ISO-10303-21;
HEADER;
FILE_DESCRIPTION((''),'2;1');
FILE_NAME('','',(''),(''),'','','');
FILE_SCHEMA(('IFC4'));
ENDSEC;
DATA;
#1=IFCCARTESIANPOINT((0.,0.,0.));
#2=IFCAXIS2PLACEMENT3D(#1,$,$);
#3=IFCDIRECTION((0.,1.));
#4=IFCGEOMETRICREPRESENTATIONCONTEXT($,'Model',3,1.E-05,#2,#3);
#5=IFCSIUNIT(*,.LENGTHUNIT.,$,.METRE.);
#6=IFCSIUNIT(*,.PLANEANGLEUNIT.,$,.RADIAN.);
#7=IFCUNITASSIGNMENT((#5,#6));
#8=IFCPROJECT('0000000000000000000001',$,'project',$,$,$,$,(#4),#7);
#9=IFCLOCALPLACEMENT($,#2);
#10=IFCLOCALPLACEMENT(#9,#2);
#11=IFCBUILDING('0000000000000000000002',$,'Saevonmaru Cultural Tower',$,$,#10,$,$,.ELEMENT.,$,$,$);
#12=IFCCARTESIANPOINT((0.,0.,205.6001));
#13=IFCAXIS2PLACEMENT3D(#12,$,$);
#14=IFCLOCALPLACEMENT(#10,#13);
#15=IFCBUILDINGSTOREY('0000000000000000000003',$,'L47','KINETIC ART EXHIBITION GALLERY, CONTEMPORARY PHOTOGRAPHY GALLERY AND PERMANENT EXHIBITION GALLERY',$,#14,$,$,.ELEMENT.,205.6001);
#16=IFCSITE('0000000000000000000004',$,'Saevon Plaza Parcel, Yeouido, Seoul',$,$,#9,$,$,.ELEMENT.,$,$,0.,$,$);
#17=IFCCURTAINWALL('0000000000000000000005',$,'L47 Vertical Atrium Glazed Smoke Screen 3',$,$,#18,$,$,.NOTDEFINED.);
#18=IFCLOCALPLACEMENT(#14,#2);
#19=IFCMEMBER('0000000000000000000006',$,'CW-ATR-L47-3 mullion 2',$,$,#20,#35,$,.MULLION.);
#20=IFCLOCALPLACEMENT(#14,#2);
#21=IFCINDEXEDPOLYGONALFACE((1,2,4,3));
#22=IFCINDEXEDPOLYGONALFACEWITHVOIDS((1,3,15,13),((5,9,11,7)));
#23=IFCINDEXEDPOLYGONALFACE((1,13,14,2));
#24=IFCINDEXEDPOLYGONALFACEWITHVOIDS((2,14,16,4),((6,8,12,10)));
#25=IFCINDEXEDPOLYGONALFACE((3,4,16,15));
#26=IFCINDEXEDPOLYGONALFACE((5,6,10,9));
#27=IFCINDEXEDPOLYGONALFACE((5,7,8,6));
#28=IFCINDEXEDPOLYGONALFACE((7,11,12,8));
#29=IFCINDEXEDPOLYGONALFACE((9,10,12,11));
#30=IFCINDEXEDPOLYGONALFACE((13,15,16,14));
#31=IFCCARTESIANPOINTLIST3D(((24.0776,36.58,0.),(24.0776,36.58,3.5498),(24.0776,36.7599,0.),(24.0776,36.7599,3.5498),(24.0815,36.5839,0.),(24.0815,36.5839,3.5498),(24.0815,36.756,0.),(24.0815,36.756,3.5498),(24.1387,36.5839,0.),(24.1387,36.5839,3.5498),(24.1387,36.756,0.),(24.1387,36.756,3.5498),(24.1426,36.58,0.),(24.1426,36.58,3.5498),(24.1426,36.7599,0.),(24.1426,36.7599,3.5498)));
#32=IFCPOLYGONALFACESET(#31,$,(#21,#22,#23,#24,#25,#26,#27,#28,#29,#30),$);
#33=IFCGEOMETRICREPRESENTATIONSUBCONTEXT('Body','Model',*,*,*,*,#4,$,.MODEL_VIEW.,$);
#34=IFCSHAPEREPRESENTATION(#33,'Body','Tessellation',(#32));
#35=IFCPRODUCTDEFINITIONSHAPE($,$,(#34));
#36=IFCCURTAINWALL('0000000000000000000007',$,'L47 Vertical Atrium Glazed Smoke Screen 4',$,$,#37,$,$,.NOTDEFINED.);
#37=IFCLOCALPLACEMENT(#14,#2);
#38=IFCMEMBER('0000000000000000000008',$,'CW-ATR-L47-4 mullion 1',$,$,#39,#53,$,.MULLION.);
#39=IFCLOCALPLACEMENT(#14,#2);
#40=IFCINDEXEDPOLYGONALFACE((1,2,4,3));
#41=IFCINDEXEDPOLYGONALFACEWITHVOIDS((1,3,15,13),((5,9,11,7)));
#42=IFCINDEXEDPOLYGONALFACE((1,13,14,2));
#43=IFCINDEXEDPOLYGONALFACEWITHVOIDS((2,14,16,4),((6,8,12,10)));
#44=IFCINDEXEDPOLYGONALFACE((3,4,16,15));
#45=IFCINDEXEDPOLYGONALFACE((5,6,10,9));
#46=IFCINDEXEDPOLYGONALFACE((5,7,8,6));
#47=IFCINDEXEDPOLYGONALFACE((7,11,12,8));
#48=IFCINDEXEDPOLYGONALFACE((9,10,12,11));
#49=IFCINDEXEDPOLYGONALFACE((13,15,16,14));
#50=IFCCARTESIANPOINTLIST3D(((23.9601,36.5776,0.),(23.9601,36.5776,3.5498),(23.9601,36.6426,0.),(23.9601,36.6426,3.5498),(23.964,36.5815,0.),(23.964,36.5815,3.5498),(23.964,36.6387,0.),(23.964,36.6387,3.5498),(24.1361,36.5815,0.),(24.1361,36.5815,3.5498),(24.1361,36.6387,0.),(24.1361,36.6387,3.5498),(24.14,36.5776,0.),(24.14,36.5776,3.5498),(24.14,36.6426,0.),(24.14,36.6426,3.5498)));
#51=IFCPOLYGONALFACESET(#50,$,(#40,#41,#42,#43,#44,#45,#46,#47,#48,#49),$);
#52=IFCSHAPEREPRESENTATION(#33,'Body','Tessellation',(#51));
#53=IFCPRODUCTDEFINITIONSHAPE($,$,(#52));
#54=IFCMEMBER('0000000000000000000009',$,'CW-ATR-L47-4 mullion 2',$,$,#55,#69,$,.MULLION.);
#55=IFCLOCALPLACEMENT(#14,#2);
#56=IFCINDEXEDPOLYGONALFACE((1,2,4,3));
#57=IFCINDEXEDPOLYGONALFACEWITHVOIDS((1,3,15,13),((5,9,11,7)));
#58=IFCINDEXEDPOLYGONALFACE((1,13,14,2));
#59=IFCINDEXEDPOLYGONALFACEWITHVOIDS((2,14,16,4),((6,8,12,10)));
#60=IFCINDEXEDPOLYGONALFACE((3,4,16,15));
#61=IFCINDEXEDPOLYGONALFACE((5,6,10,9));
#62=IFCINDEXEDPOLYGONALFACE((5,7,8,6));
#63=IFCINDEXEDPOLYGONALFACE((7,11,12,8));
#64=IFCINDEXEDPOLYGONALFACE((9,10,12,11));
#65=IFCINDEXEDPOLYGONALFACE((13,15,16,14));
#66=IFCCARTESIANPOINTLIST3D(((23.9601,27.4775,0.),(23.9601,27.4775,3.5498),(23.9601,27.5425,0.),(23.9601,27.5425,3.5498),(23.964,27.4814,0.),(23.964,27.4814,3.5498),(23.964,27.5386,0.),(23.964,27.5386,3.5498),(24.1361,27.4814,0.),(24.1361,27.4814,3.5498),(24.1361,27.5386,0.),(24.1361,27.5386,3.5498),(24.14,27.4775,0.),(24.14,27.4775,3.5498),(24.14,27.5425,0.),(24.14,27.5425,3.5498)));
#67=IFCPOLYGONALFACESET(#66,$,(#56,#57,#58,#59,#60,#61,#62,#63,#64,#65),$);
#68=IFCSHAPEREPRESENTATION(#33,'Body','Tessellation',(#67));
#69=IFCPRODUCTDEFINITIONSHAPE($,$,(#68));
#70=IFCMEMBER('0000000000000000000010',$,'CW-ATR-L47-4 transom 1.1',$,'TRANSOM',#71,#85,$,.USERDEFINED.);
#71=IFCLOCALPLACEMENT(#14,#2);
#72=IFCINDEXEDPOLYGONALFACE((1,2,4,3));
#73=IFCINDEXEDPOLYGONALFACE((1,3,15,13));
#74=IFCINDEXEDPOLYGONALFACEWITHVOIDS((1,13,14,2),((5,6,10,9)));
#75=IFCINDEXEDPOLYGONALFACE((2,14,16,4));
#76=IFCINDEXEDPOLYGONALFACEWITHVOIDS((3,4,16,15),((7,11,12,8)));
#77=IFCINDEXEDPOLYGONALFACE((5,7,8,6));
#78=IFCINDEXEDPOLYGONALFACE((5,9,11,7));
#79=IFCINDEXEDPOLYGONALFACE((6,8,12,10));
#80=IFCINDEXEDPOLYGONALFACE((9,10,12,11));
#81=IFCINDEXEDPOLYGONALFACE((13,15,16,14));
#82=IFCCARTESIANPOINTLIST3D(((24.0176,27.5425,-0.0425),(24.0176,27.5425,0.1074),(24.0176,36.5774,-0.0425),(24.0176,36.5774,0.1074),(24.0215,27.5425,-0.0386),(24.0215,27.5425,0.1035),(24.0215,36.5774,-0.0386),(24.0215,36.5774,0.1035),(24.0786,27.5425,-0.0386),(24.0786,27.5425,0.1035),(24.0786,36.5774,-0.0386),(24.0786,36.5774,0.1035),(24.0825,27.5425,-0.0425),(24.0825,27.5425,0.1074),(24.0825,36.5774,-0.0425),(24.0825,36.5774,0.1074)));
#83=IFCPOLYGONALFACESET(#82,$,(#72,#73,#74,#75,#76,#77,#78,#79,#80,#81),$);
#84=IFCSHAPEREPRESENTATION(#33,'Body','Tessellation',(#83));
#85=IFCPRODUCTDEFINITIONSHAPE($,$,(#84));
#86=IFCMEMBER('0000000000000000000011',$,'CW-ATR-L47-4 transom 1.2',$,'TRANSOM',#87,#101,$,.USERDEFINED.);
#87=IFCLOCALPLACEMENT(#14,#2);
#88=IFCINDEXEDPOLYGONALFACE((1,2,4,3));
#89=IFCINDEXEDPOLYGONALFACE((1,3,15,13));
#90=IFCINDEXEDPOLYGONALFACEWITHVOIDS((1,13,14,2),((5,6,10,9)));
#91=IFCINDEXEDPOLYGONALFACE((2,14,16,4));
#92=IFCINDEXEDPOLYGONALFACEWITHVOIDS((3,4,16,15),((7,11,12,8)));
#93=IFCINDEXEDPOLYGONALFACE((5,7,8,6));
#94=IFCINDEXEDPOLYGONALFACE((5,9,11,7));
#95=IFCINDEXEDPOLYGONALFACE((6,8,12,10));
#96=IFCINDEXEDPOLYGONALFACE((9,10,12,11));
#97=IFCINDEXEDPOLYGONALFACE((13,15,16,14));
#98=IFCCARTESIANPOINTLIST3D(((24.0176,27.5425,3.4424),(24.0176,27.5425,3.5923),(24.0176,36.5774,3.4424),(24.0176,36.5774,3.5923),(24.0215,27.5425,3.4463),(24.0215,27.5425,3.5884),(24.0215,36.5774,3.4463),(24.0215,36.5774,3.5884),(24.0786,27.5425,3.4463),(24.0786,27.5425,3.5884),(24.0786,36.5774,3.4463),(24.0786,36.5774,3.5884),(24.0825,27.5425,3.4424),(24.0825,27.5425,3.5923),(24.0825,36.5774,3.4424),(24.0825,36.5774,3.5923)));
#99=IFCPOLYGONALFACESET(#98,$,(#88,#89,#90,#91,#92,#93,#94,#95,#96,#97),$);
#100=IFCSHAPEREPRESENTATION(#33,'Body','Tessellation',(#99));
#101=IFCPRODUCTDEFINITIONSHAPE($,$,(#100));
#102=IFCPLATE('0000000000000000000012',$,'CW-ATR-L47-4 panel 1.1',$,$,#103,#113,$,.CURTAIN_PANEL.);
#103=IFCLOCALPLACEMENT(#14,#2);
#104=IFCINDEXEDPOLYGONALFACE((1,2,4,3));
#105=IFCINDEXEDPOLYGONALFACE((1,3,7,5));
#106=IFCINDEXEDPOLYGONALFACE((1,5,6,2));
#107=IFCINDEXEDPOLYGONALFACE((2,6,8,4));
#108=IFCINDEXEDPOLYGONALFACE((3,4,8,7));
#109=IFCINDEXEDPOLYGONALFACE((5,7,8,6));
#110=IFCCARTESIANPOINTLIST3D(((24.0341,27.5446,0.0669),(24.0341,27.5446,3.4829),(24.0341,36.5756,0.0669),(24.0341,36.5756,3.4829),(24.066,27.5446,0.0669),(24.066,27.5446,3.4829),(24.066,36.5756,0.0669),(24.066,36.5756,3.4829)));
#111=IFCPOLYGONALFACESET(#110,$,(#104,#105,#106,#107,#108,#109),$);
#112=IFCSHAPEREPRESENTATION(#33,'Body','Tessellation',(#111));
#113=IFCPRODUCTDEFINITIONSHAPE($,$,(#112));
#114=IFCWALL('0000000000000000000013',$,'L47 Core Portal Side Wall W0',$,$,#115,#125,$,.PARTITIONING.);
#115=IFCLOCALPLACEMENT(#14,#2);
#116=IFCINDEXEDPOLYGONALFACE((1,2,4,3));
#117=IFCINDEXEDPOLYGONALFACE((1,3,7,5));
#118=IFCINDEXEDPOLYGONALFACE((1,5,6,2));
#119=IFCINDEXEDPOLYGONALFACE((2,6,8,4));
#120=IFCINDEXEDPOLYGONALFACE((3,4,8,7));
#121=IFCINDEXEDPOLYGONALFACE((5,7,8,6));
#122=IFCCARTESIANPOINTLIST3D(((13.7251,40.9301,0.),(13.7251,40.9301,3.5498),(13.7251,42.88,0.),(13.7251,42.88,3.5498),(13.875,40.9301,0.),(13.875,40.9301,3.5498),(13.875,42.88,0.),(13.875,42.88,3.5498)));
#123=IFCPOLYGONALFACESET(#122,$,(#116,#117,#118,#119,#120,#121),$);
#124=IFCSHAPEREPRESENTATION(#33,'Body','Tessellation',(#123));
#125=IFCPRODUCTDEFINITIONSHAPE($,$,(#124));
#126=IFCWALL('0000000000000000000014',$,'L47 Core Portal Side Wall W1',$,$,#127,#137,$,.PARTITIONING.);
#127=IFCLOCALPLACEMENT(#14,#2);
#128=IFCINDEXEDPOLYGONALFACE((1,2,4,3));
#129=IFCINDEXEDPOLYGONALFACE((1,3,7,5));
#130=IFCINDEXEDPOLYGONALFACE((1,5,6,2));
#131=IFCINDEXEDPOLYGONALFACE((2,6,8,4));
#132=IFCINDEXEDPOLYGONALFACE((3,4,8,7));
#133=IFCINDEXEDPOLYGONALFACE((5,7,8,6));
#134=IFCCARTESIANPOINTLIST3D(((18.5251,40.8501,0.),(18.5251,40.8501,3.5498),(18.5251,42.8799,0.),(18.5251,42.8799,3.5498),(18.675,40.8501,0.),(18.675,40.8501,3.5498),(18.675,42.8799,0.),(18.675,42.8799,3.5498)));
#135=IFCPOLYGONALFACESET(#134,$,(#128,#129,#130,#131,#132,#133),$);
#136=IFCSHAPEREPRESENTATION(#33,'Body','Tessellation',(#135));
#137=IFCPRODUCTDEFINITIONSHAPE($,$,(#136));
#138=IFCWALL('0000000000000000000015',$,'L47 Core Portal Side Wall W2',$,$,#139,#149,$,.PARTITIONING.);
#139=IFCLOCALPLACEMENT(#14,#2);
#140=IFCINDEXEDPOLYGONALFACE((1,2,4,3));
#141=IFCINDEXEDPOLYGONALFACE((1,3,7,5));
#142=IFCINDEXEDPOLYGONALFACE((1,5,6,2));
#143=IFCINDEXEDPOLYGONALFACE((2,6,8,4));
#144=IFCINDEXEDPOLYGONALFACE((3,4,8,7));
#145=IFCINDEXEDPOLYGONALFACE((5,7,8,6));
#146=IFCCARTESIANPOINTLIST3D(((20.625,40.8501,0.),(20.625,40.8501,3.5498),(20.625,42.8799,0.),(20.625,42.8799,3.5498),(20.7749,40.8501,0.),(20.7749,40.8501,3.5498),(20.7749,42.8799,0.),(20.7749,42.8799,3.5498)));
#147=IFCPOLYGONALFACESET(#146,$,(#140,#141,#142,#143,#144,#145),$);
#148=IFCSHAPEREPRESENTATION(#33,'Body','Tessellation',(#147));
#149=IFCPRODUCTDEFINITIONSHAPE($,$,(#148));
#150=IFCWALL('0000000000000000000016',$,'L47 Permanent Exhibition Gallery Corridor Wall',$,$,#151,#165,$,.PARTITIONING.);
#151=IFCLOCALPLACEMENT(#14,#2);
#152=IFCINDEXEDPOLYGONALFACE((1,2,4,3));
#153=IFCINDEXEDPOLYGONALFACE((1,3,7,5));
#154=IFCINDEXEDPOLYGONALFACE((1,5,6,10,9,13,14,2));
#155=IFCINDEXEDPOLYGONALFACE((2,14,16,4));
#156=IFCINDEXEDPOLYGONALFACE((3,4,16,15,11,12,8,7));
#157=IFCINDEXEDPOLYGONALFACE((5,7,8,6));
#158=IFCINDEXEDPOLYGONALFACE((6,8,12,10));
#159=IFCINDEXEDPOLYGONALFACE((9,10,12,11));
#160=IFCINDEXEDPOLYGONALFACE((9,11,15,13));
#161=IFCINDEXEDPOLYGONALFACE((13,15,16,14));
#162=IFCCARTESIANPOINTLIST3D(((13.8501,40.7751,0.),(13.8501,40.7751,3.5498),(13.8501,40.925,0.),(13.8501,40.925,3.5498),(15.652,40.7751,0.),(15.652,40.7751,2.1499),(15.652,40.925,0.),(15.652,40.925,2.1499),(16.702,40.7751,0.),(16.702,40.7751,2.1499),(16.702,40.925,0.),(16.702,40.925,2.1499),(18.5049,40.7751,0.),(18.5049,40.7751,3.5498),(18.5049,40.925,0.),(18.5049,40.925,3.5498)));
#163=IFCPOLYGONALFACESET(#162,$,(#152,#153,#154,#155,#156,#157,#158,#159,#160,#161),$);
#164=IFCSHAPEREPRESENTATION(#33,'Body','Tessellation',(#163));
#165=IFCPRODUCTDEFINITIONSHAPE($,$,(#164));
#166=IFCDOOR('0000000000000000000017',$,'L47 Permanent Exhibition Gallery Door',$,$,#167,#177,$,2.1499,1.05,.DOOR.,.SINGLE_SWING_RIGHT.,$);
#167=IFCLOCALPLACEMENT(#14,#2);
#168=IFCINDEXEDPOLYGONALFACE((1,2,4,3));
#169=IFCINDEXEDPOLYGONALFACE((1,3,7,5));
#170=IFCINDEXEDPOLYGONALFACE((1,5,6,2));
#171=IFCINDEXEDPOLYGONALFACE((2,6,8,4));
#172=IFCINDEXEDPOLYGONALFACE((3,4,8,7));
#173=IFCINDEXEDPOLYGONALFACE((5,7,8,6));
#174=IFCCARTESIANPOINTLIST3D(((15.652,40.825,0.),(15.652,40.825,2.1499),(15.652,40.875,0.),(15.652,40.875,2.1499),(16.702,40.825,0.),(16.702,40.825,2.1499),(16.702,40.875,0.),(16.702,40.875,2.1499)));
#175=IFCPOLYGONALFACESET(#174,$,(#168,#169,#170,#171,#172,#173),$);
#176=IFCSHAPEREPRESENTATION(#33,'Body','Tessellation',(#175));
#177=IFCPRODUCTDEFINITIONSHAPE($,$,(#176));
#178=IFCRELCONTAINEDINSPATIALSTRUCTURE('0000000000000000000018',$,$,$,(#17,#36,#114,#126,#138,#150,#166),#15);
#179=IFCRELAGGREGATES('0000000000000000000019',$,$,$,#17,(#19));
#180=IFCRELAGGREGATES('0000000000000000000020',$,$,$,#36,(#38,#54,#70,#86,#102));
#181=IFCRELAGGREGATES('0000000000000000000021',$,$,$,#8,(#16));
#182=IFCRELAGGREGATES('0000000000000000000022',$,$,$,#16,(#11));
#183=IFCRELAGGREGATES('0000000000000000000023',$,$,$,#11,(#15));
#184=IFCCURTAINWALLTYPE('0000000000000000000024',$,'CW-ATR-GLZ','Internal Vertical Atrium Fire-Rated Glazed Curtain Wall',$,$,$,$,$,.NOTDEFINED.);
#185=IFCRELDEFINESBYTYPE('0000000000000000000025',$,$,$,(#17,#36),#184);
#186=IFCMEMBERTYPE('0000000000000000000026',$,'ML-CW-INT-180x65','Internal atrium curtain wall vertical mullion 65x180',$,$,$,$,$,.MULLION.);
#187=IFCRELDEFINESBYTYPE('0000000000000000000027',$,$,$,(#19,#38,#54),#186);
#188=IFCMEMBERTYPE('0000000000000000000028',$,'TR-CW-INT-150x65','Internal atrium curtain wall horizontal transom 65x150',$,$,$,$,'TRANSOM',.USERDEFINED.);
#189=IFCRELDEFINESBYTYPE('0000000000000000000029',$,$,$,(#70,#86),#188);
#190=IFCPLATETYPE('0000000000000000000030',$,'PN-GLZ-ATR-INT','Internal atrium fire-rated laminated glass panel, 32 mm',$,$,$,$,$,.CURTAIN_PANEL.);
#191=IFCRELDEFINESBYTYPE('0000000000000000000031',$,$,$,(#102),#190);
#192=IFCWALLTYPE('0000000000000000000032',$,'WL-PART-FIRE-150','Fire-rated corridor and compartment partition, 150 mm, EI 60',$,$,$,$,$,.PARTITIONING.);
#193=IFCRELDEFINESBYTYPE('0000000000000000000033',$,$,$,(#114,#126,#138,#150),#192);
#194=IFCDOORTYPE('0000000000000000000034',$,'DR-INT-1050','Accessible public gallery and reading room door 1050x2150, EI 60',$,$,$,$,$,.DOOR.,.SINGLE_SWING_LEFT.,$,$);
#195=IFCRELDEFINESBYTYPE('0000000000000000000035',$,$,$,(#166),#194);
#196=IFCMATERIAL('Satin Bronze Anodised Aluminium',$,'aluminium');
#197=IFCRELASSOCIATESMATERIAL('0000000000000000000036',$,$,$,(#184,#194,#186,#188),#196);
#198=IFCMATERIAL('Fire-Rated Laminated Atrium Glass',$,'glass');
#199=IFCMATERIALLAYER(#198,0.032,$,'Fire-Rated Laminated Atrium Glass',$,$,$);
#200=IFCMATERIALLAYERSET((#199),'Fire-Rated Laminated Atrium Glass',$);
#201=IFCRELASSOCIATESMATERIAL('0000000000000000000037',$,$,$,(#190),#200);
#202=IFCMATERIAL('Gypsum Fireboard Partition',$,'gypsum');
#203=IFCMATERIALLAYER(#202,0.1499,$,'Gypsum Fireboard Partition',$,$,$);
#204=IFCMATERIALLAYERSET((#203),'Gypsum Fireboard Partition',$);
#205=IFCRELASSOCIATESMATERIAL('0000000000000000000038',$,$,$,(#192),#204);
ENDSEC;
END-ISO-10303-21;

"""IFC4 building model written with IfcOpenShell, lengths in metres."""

from ifc_helpers import new_model, si_unit, direction, frame, frame_2d, origin, origin_2d, place, context, subcontext, project, spatial, rectangle, hollow_rectangle, extrude, material, layer, layer_set, material_profile, profile_set, type_object, element, fill, aggregate, save


model = new_model("IFC4")

# Units and contexts
model_context = context("Model", 3, precision=1e-05, world=origin(), true_north=direction((0.0, 1.0)))
body_context = subcontext(model_context, "Body", "Model", "MODEL_VIEW")
ifc_project = project(units=[si_unit("LENGTHUNIT", "METRE"), si_unit("PLANEANGLEUNIT", "RADIAN")], contexts=[model_context])

# Site, building, storey
site_placement = place(None, origin())
site = spatial("IfcSite", under=ifc_project, at=site_placement, Name="Saevon Plaza Parcel, Yeouido, Seoul", CompositionType="ELEMENT", RefElevation=0.0)
building_placement = place(site_placement, origin())
building = spatial("IfcBuilding", under=site, at=building_placement, Name="Saevonmaru Cultural Tower", CompositionType="ELEMENT")
storey_placement = place(building_placement, frame((0.0, 0.0, 205.6001)))
storey = spatial("IfcBuildingStorey", under=building, at=storey_placement, Name="L47", Description="KINETIC ART EXHIBITION GALLERY, CONTEMPORARY PHOTOGRAPHY GALLERY AND PERMANENT EXHIBITION GALLERY", CompositionType="ELEMENT", Elevation=205.6001)

# Curtain wall, member
ifc_material_1 = material(Name="Satin Bronze Anodised Aluminium", Category="aluminium")
curtain_wall_type = type_object("IfcCurtainWallType", Name="CW-ATR-GLZ", Description="Internal Vertical Atrium Fire-Rated Glazed Curtain Wall", PredefinedType="NOTDEFINED", material=ifc_material_1)
ifc_material_profile_1 = material_profile(ifc_material_1, hollow_rectangle(XDim=0.0649, YDim=0.1799, WallThickness=0.0039, at=origin_2d()), Name="ALU-MULL-180x65x4")
ifc_profile_set_1 = profile_set([ifc_material_profile_1], Name="Satin Bronze Anodised Aluminium")
member_type_1 = type_object("IfcMemberType", Name="ML-CW-INT-180x65", Description="Internal atrium curtain wall vertical mullion 65x180", PredefinedType="MULLION", material=ifc_profile_set_1)
curtain_wall_1_placement = place(storey_placement, origin())
curtain_wall_1 = element("IfcCurtainWall", 1, at=curtain_wall_1_placement, inside=storey, type_object=curtain_wall_type, Name="L47 Vertical Atrium Glazed Smoke Screen 3", PredefinedType="NOTDEFINED")
member_1_placement = place(storey_placement, frame((24.1101, 36.6699, 0.0), z_axis=(0.0, 0.0, 1.0), x_axis=(-1.0, 0.0, 0.0)))
member_1 = element("IfcMember", 2, at=member_1_placement, type_object=member_type_1, Name="CW-ATR-L47-3 mullion 2", PredefinedType="MULLION", context=body_context, shape_type="SweptSolid", body=[
    extrude(hollow_rectangle(XDim=0.0649, YDim=0.1799, WallThickness=0.0039, at=origin_2d()), origin(), (0.0, 0.0, 1.0), 3.5498),
])
aggregate(curtain_wall_1, [member_1])

# Curtain wall, members, plate
curtain_wall_2_placement = place(storey_placement, origin())
curtain_wall_2 = element("IfcCurtainWall", 3, at=curtain_wall_2_placement, inside=storey, type_object=curtain_wall_type, Name="L47 Vertical Atrium Glazed Smoke Screen 4", PredefinedType="NOTDEFINED")
member_2_placement = place(storey_placement, frame((24.05, 36.6101, 0.0), z_axis=(0.0, 0.0, 1.0), x_axis=(0.0, -1.0, 0.0)))
member_2 = element("IfcMember", 4, at=member_2_placement, type_object=member_type_1, Name="CW-ATR-L47-4 mullion 1", PredefinedType="MULLION", context=body_context, shape_type="SweptSolid", body=[
    extrude(hollow_rectangle(XDim=0.0649, YDim=0.1799, WallThickness=0.0039, at=origin_2d()), origin(), (0.0, 0.0, 1.0), 3.5498),
])
member_3_placement = place(storey_placement, frame((24.05, 27.51, 0.0), z_axis=(0.0, 0.0, 1.0), x_axis=(0.0, -1.0, 0.0)))
member_3 = element("IfcMember", 5, at=member_3_placement, type_object=member_type_1, Name="CW-ATR-L47-4 mullion 2", PredefinedType="MULLION", context=body_context, shape_type="SweptSolid", body=[
    extrude(hollow_rectangle(XDim=0.0649, YDim=0.1799, WallThickness=0.0039, at=origin_2d()), origin(), (0.0, 0.0, 1.0), 3.5498),
])
ifc_material_profile_2 = material_profile(ifc_material_1, hollow_rectangle(XDim=0.0649, YDim=0.1499, WallThickness=0.0039, at=origin_2d()), Name="ALU-TRAN-150x65x4")
ifc_profile_set_2 = profile_set([ifc_material_profile_2], Name="Satin Bronze Anodised Aluminium")
member_type_2 = type_object("IfcMemberType", Name="TR-CW-INT-150x65", Description="Internal atrium curtain wall horizontal transom 65x150", ElementType="TRANSOM", PredefinedType="USERDEFINED", material=ifc_profile_set_2)
member_4_placement = place(storey_placement, frame((24.05, 36.5774, 0.0325), z_axis=(0.0, -1.0, 0.0), x_axis=(1.0, 0.0, 0.0)))
member_4 = element("IfcMember", 6, at=member_4_placement, type_object=member_type_2, Name="CW-ATR-L47-4 transom 1.1", ObjectType="TRANSOM", PredefinedType="USERDEFINED", context=body_context, shape_type="SweptSolid", body=[
    extrude(hollow_rectangle(XDim=0.0649, YDim=0.1499, WallThickness=0.0039, at=origin_2d()), origin(), (0.0, 0.0, 1.0), 9.0349),
])
member_5_placement = place(storey_placement, frame((24.05, 36.5774, 3.5173), z_axis=(0.0, -1.0, 0.0), x_axis=(1.0, 0.0, 0.0)))
member_5 = element("IfcMember", 7, at=member_5_placement, type_object=member_type_2, Name="CW-ATR-L47-4 transom 1.2", ObjectType="TRANSOM", PredefinedType="USERDEFINED", context=body_context, shape_type="SweptSolid", body=[
    extrude(hollow_rectangle(XDim=0.0649, YDim=0.1499, WallThickness=0.0039, at=origin_2d()), origin(), (0.0, 0.0, 1.0), 9.0349),
])
ifc_material_2 = material(Name="Fire-Rated Laminated Atrium Glass", Category="glass")
ifc_layer_1 = layer(ifc_material_2, 0.032, Name="Fire-Rated Laminated Atrium Glass")
ifc_layer_set_1 = layer_set([ifc_layer_1], Name="Fire-Rated Laminated Atrium Glass")
plate_type = type_object("IfcPlateType", Name="PN-GLZ-ATR-INT", Description="Internal atrium fire-rated laminated glass panel, 32 mm", PredefinedType="CURTAIN_PANEL", material=ifc_layer_set_1)
plate_placement = place(storey_placement, frame((24.05, 32.0601, 0.0669), z_axis=(0.0, 0.0, 1.0), x_axis=(0.0, -1.0, 0.0)))
plate = element("IfcPlate", 8, at=plate_placement, type_object=plate_type, Name="CW-ATR-L47-4 panel 1.1", PredefinedType="CURTAIN_PANEL", context=body_context, shape_type="SweptSolid", body=[
    extrude(rectangle(XDim=9.031, YDim=0.032, at=origin_2d()), origin(), (0.0, 0.0, 1.0), 3.416),
])
aggregate(curtain_wall_2, [member_2, member_3, member_4, member_5, plate])

# Shared definitions
ifc_material_3 = material(Name="Gypsum Fireboard Partition", Category="gypsum")
ifc_layer_2 = layer(ifc_material_3, 0.1499, Name="Gypsum Fireboard Partition")
ifc_layer_set_2 = layer_set([ifc_layer_2], Name="Gypsum Fireboard Partition")
wall_type = type_object("IfcWallType", Name="WL-PART-FIRE-150", Description="Fire-rated corridor and compartment partition, 150 mm, EI 60", PredefinedType="PARTITIONING", material=ifc_layer_set_2)
door_type = type_object("IfcDoorType", Name="DR-INT-1050", Description="Accessible public gallery and reading room door 1050x2150, EI 60", OperationType="SINGLE_SWING_LEFT", PredefinedType="DOOR", material=ifc_material_1)

# Walls
wall_1_placement = place(storey_placement, frame((13.8, 40.9299, 0.0), z_axis=(0.0, 0.0, 1.0), x_axis=(0.0, 1.0, 0.0)))
element("IfcWall", 9, at=wall_1_placement, inside=storey, type_object=wall_type, Name="L47 Core Portal Side Wall W0", PredefinedType="PARTITIONING", context=body_context, shape_type="SweptSolid", body=[
    extrude(rectangle(XDim=1.95, YDim=0.1499, at=frame_2d((0.9751, 0.0))), origin(), (0.0, 0.0, 1.0), 3.5498),
])
for number, where, z_axis, x_axis, name in (
    (10, (18.6001, 40.8501, 0.0), (0.0, 0.0, 1.0), (0.0, 1.0, 0.0), "L47 Core Portal Side Wall W1"),
    (11, (20.7, 40.8501, 0.0), (0.0, 0.0, 1.0), (0.0, 1.0, 0.0), "L47 Core Portal Side Wall W2"),
):
    element("IfcWall", number, at=place(storey_placement, frame(where, z_axis=z_axis, x_axis=x_axis)), inside=storey, type_object=wall_type, Name=name, PredefinedType="PARTITIONING", context=body_context, shape_type="SweptSolid", body=[
        extrude(rectangle(XDim=2.0298, YDim=0.1499, at=frame_2d((1.0149, 0.0))), origin(), (0.0, 0.0, 1.0), 3.5498),
    ])

# Wall, opening, door
wall_2_placement = place(storey_placement, frame((13.8501, 40.8501, 0.0), z_axis=(0.0, 0.0, 1.0), x_axis=(1.0, 0.0, 0.0)))
wall_2 = element("IfcWall", 12, at=wall_2_placement, inside=storey, type_object=wall_type, Name="L47 Permanent Exhibition Gallery Corridor Wall", PredefinedType="PARTITIONING", context=body_context, shape_type="SweptSolid", body=[
    extrude(rectangle(XDim=4.6548, YDim=0.1499, at=frame_2d((2.3274, 0.0))), origin(), (0.0, 0.0, 1.0), 3.5498),
])
opening_1_placement = place(wall_2_placement, frame((1.802, 0.0, 0.0)))
opening_1 = element("IfcOpeningElement", 13, at=opening_1_placement, cuts=wall_2, PredefinedType="OPENING", context=body_context, shape_type="SweptSolid", body=[
    extrude(rectangle(XDim=1.05, YDim=2.1499, at=frame_2d((0.5249, 1.075))), frame((0.0, 0.085, 0.0), z_axis=(0.0, -1.0, 0.0), x_axis=(1.0, 0.0, 0.0)), (0.0, 0.0, 1.0), 0.1699),
])
door_1_placement = place(opening_1_placement, origin())
door_1 = element("IfcDoor", 14, at=door_1_placement, inside=storey, type_object=door_type, Name="L47 Permanent Exhibition Gallery Door", OperationType="SINGLE_SWING_RIGHT", OverallHeight=2.1499, OverallWidth=1.05, PredefinedType="DOOR", context=body_context, shape_type="SweptSolid", body=[
    extrude(rectangle(XDim=1.05, YDim=2.1499, at=frame_2d((0.5249, 1.075))), frame((0.0, 0.0249, 0.0), z_axis=(0.0, -1.0, 0.0), x_axis=(1.0, 0.0, 0.0)), (0.0, 0.0, 1.0), 0.05),
])
fill(opening_1, door_1)

save(model, "model.ifc")
